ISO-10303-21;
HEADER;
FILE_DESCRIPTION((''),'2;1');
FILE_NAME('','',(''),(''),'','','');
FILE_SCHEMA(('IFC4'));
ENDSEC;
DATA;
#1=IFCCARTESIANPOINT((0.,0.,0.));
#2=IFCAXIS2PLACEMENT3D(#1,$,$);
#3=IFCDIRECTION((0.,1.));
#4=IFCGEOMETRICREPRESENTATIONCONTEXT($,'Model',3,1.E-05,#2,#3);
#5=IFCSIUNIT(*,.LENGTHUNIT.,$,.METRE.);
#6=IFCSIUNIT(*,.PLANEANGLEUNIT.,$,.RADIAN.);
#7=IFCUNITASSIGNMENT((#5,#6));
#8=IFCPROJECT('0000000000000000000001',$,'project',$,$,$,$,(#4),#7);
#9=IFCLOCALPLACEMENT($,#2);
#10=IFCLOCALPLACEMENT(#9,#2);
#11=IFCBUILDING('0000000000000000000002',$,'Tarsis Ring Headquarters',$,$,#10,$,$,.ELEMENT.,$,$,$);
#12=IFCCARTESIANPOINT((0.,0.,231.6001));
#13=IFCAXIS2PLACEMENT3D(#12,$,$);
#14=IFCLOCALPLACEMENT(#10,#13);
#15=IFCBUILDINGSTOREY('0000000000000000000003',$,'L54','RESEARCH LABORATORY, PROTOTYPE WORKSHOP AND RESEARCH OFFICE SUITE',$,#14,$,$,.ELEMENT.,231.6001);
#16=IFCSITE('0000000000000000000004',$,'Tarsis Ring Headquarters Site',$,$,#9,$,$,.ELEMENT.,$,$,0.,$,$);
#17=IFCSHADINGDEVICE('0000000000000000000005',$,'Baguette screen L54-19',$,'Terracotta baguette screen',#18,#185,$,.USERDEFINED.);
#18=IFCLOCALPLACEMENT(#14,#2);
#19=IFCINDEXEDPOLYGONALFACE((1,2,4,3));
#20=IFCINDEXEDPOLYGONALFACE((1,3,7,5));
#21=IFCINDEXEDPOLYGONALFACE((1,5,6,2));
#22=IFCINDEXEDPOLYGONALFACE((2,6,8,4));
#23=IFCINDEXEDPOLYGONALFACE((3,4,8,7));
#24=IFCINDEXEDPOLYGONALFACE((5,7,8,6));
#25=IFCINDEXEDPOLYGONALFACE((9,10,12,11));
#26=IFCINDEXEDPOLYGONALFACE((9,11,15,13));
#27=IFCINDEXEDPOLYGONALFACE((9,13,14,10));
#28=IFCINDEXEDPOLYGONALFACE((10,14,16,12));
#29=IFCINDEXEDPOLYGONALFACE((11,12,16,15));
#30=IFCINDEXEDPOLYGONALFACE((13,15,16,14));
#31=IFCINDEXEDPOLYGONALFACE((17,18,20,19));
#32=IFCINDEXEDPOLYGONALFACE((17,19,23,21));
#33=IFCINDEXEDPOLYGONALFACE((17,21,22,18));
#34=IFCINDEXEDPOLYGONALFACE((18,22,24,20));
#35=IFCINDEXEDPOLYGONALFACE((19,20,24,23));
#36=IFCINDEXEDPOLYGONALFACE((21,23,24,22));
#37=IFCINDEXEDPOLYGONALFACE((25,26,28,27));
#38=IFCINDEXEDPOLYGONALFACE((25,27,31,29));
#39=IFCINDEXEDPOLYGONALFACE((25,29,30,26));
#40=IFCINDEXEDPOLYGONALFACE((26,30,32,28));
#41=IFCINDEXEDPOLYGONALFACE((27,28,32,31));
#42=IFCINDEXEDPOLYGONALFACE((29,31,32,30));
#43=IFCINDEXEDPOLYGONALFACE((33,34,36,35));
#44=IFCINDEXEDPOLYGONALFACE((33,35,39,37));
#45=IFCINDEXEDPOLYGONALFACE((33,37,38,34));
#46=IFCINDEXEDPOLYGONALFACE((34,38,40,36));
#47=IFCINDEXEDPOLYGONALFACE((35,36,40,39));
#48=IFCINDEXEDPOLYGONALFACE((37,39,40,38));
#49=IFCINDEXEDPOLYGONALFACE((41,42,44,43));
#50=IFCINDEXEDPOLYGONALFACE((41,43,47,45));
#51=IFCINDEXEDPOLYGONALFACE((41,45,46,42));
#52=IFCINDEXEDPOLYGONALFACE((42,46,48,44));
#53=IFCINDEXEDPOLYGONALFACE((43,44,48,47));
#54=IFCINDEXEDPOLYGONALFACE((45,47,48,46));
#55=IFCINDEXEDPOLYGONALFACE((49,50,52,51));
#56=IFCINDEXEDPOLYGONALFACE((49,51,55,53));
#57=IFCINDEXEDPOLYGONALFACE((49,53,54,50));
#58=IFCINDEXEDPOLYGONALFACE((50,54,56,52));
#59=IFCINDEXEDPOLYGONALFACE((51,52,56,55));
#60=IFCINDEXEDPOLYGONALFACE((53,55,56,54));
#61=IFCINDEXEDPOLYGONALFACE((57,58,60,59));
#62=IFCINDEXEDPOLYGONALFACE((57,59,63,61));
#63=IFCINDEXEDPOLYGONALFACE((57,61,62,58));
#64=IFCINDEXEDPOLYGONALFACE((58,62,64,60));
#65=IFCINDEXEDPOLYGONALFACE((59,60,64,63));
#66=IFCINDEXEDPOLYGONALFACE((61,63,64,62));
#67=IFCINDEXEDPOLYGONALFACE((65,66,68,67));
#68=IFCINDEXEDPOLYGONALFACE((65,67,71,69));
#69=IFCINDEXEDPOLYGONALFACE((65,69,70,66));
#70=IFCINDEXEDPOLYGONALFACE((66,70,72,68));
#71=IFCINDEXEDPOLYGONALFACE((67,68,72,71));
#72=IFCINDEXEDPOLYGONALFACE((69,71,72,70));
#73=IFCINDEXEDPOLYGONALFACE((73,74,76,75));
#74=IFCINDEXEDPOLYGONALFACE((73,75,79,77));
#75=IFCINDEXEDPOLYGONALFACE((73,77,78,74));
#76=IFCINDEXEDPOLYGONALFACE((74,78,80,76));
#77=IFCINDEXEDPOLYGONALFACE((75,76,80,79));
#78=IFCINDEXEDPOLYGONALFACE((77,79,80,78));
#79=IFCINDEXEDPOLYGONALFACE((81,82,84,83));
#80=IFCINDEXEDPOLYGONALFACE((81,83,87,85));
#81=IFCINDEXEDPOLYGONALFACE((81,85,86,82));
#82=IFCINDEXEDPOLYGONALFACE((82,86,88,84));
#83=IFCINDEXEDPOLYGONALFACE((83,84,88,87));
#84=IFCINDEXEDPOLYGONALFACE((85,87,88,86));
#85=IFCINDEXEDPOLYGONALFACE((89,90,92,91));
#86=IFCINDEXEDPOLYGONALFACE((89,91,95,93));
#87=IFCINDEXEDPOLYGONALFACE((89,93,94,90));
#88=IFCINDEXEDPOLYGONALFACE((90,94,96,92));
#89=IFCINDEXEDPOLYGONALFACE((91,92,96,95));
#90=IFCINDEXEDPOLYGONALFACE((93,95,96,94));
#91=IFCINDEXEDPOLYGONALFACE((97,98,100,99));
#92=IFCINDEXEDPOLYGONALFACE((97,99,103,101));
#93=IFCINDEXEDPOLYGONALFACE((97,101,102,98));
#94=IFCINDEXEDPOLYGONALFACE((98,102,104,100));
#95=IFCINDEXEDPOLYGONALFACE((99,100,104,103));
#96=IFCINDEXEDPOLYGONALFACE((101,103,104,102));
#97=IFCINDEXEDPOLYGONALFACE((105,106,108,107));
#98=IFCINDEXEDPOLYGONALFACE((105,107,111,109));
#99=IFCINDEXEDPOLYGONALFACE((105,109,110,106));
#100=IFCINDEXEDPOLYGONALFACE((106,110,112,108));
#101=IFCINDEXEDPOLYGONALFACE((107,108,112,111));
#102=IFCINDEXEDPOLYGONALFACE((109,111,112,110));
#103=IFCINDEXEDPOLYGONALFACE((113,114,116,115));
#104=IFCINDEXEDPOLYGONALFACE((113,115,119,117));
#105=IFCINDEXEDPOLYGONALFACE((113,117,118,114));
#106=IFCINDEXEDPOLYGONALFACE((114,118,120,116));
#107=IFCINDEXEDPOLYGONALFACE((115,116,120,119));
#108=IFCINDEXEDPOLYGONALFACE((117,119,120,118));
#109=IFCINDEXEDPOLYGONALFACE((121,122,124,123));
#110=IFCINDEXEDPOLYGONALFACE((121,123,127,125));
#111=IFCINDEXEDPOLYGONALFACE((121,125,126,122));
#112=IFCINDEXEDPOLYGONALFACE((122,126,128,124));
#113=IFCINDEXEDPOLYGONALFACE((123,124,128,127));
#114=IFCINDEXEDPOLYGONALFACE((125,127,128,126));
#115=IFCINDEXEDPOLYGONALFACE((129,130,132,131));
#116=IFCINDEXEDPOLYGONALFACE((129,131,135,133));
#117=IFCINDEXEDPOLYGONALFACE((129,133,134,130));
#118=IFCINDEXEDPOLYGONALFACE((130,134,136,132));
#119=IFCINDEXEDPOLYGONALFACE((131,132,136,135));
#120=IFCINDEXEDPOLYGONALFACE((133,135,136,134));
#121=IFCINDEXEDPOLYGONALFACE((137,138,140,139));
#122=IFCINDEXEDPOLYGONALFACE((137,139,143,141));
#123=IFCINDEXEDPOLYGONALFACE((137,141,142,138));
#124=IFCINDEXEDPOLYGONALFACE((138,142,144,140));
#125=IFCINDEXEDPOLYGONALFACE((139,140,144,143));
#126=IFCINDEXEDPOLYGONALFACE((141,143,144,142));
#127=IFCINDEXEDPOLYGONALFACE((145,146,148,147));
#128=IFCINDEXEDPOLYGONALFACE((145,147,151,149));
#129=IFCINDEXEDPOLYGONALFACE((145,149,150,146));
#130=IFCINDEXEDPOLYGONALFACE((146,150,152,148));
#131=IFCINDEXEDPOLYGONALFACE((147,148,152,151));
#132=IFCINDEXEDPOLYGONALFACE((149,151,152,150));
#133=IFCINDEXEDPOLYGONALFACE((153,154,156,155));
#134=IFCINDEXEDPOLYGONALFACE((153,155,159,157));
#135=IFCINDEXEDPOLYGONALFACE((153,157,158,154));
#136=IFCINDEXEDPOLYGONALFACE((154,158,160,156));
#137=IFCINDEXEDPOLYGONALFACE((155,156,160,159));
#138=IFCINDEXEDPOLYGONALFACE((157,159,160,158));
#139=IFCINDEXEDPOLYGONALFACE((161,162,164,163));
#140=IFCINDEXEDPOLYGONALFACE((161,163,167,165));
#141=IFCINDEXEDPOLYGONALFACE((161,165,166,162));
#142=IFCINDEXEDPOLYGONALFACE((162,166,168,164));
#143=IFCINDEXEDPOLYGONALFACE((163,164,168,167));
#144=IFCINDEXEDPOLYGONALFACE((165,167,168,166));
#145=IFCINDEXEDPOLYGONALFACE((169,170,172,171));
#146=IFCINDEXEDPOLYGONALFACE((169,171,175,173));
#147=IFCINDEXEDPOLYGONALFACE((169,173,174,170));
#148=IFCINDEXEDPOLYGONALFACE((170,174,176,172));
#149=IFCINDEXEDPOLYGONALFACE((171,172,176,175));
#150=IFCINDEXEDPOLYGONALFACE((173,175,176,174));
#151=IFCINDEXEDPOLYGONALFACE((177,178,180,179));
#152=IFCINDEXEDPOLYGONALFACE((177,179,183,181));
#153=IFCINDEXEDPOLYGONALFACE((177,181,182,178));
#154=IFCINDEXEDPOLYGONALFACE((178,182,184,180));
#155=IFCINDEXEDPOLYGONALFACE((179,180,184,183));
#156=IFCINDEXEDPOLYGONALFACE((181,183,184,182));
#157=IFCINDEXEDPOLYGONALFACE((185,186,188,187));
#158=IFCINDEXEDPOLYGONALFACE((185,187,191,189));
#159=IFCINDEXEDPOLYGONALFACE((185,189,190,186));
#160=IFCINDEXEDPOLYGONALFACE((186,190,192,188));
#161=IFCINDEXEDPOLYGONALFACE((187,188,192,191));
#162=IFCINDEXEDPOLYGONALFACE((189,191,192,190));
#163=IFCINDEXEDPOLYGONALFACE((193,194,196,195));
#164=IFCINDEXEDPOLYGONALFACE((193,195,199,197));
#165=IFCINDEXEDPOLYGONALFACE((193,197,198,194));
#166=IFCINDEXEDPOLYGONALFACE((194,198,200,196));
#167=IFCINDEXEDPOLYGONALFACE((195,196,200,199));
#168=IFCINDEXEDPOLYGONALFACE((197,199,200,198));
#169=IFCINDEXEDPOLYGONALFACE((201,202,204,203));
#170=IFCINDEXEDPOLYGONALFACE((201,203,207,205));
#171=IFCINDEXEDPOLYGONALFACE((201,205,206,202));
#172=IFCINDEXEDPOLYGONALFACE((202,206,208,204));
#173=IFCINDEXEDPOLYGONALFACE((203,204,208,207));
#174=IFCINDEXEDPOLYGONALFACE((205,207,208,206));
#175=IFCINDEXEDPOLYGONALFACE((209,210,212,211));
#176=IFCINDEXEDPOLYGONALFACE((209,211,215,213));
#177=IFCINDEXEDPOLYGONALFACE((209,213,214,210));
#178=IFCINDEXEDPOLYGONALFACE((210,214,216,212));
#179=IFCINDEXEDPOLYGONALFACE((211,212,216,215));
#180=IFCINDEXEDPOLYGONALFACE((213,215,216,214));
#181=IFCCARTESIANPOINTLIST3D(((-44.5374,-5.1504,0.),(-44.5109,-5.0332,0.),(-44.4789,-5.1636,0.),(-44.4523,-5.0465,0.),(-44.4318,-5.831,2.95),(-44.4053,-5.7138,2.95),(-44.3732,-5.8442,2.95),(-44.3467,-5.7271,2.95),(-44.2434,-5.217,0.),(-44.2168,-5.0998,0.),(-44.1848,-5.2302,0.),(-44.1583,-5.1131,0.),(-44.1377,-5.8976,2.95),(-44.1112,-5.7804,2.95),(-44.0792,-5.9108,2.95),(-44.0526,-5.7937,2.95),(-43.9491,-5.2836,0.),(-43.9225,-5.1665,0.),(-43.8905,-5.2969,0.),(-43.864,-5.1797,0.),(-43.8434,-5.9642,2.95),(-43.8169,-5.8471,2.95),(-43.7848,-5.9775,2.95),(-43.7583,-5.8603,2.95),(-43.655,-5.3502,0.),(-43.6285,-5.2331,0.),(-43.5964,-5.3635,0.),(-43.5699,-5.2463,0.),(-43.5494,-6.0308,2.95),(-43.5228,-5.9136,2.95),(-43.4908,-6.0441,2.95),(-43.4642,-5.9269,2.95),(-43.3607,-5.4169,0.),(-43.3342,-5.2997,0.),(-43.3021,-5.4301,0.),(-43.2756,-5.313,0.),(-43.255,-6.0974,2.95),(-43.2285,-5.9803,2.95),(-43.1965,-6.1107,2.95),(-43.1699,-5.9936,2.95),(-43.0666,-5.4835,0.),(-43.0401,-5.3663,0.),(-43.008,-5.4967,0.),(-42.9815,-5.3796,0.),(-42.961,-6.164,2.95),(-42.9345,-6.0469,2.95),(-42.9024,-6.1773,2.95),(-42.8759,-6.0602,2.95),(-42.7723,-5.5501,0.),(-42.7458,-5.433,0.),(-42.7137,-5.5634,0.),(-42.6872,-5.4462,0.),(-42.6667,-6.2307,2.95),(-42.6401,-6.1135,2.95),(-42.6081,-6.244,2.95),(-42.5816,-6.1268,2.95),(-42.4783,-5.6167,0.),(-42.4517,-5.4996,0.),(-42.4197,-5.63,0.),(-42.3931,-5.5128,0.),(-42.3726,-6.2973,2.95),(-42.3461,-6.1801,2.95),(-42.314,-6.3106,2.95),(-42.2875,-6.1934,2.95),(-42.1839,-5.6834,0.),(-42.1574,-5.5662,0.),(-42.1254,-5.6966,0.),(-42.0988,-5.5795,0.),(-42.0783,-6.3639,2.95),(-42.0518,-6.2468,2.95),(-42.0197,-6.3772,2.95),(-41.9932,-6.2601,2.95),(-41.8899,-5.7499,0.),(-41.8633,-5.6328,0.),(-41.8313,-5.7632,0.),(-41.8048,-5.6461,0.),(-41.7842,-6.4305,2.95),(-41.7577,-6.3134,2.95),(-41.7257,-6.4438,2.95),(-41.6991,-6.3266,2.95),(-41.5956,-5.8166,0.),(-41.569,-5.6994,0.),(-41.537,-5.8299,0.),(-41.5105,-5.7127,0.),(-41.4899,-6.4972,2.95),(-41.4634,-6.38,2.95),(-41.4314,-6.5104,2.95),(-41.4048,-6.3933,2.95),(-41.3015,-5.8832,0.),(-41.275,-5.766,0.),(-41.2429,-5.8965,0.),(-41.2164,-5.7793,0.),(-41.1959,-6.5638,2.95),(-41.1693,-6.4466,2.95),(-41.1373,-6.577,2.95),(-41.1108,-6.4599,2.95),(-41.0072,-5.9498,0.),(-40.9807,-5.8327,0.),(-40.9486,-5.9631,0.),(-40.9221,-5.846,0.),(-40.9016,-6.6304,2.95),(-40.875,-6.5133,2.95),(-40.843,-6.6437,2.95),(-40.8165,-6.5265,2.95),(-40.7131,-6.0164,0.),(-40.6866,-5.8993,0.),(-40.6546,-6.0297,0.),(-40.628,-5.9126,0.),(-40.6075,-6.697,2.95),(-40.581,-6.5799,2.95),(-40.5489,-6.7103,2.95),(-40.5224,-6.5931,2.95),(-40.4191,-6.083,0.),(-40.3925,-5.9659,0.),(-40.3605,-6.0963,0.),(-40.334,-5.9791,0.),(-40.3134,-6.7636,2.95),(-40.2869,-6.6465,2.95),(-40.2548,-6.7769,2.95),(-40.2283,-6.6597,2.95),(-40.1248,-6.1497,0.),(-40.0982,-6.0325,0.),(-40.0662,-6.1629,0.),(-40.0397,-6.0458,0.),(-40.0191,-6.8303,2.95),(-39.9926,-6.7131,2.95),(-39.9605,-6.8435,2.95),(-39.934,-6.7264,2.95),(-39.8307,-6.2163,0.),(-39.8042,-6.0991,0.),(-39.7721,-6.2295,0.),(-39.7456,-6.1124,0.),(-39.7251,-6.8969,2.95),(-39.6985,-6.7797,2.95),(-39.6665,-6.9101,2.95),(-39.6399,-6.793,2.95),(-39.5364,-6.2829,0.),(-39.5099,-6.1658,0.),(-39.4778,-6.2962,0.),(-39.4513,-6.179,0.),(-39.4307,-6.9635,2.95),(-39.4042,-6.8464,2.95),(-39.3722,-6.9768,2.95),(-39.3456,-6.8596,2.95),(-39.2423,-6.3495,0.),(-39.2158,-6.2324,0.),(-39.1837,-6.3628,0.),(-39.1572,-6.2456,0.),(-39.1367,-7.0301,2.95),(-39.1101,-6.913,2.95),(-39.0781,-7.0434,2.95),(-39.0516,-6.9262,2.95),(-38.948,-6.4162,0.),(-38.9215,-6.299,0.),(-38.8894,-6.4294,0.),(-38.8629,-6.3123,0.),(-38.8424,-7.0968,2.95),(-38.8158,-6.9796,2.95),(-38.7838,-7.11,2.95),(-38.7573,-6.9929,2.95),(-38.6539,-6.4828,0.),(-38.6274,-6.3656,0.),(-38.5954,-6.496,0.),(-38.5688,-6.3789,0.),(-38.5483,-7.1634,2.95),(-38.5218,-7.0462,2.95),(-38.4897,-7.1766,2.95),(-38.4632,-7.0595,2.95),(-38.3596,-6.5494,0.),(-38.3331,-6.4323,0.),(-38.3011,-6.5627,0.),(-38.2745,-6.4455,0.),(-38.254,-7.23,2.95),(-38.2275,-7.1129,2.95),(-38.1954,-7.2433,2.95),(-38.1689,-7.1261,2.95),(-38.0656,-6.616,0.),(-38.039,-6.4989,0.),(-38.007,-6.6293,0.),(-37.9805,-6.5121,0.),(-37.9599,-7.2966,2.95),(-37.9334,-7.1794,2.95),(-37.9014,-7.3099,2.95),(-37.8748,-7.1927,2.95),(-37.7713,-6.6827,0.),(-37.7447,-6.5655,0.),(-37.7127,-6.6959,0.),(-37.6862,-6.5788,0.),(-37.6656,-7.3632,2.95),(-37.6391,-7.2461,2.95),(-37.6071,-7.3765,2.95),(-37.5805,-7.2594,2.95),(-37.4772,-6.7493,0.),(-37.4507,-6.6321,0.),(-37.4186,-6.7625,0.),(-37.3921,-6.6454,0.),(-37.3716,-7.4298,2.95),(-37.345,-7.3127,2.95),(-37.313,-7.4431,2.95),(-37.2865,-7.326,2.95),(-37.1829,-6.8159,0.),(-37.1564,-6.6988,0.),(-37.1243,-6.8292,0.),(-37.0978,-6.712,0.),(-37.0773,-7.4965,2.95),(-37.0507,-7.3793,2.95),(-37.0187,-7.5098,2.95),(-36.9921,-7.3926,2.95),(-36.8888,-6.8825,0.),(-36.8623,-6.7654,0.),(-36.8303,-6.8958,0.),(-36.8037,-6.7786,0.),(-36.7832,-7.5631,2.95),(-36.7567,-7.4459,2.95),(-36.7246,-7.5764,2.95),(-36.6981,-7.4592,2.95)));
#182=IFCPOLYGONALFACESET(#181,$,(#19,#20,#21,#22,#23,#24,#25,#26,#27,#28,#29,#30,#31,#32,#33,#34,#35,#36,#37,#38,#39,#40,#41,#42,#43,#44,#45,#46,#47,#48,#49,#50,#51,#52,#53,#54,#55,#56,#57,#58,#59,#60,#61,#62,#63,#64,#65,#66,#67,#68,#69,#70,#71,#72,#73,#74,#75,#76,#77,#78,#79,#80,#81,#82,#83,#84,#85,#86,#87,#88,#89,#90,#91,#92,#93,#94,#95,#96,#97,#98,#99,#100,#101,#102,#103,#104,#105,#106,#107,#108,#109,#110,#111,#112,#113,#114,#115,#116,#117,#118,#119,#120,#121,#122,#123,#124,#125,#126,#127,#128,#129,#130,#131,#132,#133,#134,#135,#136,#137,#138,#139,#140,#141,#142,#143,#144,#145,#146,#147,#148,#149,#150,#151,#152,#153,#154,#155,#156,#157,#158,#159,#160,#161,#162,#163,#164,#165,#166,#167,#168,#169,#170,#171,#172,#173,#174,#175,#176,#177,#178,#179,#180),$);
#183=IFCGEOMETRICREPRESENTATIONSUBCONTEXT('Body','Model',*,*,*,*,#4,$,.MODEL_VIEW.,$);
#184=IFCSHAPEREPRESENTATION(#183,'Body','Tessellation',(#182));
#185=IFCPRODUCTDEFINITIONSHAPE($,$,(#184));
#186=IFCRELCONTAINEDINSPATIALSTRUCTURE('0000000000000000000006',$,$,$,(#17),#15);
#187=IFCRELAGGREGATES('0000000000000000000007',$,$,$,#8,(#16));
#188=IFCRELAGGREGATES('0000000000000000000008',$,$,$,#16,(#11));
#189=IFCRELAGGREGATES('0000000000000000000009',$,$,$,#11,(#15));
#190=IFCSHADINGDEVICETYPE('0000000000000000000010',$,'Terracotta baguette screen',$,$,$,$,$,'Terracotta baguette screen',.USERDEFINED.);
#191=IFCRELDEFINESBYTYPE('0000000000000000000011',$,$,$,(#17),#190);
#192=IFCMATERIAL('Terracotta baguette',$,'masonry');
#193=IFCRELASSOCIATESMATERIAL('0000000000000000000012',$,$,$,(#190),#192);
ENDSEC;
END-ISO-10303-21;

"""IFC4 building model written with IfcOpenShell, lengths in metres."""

from ifc_helpers import new_model, si_unit, direction, frame, frame_2d, origin, place, context, subcontext, project, spatial, rectangle, composite_profile, extrude, material, type_object, element, save


model = new_model("IFC4")

# Units and contexts
model_context = context("Model", 3, precision=1e-05, world=origin(), true_north=direction((0.0, 1.0)))
body_context = subcontext(model_context, "Body", "Model", "MODEL_VIEW")
ifc_project = project(units=[si_unit("LENGTHUNIT", "METRE"), si_unit("PLANEANGLEUNIT", "RADIAN")], contexts=[model_context])

# Site, building, storey
site_placement = place(None, origin())
site = spatial("IfcSite", under=ifc_project, at=site_placement, Name="Tarsis Ring Headquarters Site", CompositionType="ELEMENT", RefElevation=0.0)
building_placement = place(site_placement, origin())
building = spatial("IfcBuilding", under=site, at=building_placement, Name="Tarsis Ring Headquarters", CompositionType="ELEMENT")
storey_placement = place(building_placement, frame((0.0, 0.0, 231.6001)))
storey = spatial("IfcBuildingStorey", under=building, at=storey_placement, Name="L54", Description="RESEARCH LABORATORY, PROTOTYPE WORKSHOP AND RESEARCH OFFICE SUITE", CompositionType="ELEMENT", Elevation=231.6001)

# Shading device
ifc_material_1 = material(Name="Terracotta baguette", Category="masonry")
shading_device_type = type_object("IfcShadingDeviceType", Name="Terracotta baguette screen", ElementType="Terracotta baguette screen", PredefinedType="USERDEFINED", material=ifc_material_1)
shading_device_1_placement = place(storey_placement, frame((-44.5242, -5.0918, 0.0), z_axis=(0.0, 0.0, 1.0), x_axis=(0.975314, -0.220873, 0.0)))
element("IfcShadingDevice", 1, at=shading_device_1_placement, inside=storey, type_object=shading_device_type, Name="Baguette screen L54-19", ObjectType="Terracotta baguette screen", PredefinedType="USERDEFINED", context=body_context, shape_type="SweptSolid", body=[
    extrude(composite_profile([rectangle(XDim=0.0601, YDim=0.1201, at=frame_2d((0.03, 0.0))), rectangle(XDim=0.0601, YDim=0.1201, at=frame_2d((0.3315, 0.0))), rectangle(XDim=0.0601, YDim=0.1201, at=frame_2d((0.6333, 0.0))), rectangle(XDim=0.0601, YDim=0.1201, at=frame_2d((0.9348, 0.0))), rectangle(XDim=0.0601, YDim=0.1201, at=frame_2d((1.2366, 0.0))), rectangle(XDim=0.0601, YDim=0.1201, at=frame_2d((1.5381, 0.0))), rectangle(XDim=0.0601, YDim=0.1201, at=frame_2d((1.8398, 0.0))), rectangle(XDim=0.0601, YDim=0.1201, at=frame_2d((2.1414, 0.0))), rectangle(XDim=0.0601, YDim=0.1201, at=frame_2d((2.4431, 0.0))), rectangle(XDim=0.0601, YDim=0.1201, at=frame_2d((2.7446, 0.0))), rectangle(XDim=0.0601, YDim=0.1201, at=frame_2d((3.0464, 0.0))), rectangle(XDim=0.0601, YDim=0.1201, at=frame_2d((3.3479, 0.0))), rectangle(XDim=0.0601, YDim=0.1201, at=frame_2d((3.6497, 0.0))), rectangle(XDim=0.0601, YDim=0.1201, at=frame_2d((3.9512, 0.0))), rectangle(XDim=0.0601, YDim=0.1201, at=frame_2d((4.2527, 0.0))), rectangle(XDim=0.0601, YDim=0.1201, at=frame_2d((4.5544, 0.0))), rectangle(XDim=0.0601, YDim=0.1201, at=frame_2d((4.856, 0.0))), rectangle(XDim=0.0601, YDim=0.1201, at=frame_2d((5.1577, 0.0))), rectangle(XDim=0.0601, YDim=0.1201, at=frame_2d((5.4592, 0.0))), rectangle(XDim=0.0601, YDim=0.1201, at=frame_2d((5.761, 0.0))), rectangle(XDim=0.0601, YDim=0.1201, at=frame_2d((6.0625, 0.0))), rectangle(XDim=0.0601, YDim=0.1201, at=frame_2d((6.3643, 0.0))), rectangle(XDim=0.0601, YDim=0.1201, at=frame_2d((6.6658, 0.0))), rectangle(XDim=0.0601, YDim=0.1201, at=frame_2d((6.9675, 0.0))), rectangle(XDim=0.0601, YDim=0.1201, at=frame_2d((7.269, 0.0))), rectangle(XDim=0.0601, YDim=0.1201, at=frame_2d((7.5708, 0.0))), rectangle(XDim=0.0601, YDim=0.1201, at=frame_2d((7.8723, 0.0)))]), origin(), (0.083635, -0.211416, 0.973811), 3.0293),
])

save(model, "model.ifc")
